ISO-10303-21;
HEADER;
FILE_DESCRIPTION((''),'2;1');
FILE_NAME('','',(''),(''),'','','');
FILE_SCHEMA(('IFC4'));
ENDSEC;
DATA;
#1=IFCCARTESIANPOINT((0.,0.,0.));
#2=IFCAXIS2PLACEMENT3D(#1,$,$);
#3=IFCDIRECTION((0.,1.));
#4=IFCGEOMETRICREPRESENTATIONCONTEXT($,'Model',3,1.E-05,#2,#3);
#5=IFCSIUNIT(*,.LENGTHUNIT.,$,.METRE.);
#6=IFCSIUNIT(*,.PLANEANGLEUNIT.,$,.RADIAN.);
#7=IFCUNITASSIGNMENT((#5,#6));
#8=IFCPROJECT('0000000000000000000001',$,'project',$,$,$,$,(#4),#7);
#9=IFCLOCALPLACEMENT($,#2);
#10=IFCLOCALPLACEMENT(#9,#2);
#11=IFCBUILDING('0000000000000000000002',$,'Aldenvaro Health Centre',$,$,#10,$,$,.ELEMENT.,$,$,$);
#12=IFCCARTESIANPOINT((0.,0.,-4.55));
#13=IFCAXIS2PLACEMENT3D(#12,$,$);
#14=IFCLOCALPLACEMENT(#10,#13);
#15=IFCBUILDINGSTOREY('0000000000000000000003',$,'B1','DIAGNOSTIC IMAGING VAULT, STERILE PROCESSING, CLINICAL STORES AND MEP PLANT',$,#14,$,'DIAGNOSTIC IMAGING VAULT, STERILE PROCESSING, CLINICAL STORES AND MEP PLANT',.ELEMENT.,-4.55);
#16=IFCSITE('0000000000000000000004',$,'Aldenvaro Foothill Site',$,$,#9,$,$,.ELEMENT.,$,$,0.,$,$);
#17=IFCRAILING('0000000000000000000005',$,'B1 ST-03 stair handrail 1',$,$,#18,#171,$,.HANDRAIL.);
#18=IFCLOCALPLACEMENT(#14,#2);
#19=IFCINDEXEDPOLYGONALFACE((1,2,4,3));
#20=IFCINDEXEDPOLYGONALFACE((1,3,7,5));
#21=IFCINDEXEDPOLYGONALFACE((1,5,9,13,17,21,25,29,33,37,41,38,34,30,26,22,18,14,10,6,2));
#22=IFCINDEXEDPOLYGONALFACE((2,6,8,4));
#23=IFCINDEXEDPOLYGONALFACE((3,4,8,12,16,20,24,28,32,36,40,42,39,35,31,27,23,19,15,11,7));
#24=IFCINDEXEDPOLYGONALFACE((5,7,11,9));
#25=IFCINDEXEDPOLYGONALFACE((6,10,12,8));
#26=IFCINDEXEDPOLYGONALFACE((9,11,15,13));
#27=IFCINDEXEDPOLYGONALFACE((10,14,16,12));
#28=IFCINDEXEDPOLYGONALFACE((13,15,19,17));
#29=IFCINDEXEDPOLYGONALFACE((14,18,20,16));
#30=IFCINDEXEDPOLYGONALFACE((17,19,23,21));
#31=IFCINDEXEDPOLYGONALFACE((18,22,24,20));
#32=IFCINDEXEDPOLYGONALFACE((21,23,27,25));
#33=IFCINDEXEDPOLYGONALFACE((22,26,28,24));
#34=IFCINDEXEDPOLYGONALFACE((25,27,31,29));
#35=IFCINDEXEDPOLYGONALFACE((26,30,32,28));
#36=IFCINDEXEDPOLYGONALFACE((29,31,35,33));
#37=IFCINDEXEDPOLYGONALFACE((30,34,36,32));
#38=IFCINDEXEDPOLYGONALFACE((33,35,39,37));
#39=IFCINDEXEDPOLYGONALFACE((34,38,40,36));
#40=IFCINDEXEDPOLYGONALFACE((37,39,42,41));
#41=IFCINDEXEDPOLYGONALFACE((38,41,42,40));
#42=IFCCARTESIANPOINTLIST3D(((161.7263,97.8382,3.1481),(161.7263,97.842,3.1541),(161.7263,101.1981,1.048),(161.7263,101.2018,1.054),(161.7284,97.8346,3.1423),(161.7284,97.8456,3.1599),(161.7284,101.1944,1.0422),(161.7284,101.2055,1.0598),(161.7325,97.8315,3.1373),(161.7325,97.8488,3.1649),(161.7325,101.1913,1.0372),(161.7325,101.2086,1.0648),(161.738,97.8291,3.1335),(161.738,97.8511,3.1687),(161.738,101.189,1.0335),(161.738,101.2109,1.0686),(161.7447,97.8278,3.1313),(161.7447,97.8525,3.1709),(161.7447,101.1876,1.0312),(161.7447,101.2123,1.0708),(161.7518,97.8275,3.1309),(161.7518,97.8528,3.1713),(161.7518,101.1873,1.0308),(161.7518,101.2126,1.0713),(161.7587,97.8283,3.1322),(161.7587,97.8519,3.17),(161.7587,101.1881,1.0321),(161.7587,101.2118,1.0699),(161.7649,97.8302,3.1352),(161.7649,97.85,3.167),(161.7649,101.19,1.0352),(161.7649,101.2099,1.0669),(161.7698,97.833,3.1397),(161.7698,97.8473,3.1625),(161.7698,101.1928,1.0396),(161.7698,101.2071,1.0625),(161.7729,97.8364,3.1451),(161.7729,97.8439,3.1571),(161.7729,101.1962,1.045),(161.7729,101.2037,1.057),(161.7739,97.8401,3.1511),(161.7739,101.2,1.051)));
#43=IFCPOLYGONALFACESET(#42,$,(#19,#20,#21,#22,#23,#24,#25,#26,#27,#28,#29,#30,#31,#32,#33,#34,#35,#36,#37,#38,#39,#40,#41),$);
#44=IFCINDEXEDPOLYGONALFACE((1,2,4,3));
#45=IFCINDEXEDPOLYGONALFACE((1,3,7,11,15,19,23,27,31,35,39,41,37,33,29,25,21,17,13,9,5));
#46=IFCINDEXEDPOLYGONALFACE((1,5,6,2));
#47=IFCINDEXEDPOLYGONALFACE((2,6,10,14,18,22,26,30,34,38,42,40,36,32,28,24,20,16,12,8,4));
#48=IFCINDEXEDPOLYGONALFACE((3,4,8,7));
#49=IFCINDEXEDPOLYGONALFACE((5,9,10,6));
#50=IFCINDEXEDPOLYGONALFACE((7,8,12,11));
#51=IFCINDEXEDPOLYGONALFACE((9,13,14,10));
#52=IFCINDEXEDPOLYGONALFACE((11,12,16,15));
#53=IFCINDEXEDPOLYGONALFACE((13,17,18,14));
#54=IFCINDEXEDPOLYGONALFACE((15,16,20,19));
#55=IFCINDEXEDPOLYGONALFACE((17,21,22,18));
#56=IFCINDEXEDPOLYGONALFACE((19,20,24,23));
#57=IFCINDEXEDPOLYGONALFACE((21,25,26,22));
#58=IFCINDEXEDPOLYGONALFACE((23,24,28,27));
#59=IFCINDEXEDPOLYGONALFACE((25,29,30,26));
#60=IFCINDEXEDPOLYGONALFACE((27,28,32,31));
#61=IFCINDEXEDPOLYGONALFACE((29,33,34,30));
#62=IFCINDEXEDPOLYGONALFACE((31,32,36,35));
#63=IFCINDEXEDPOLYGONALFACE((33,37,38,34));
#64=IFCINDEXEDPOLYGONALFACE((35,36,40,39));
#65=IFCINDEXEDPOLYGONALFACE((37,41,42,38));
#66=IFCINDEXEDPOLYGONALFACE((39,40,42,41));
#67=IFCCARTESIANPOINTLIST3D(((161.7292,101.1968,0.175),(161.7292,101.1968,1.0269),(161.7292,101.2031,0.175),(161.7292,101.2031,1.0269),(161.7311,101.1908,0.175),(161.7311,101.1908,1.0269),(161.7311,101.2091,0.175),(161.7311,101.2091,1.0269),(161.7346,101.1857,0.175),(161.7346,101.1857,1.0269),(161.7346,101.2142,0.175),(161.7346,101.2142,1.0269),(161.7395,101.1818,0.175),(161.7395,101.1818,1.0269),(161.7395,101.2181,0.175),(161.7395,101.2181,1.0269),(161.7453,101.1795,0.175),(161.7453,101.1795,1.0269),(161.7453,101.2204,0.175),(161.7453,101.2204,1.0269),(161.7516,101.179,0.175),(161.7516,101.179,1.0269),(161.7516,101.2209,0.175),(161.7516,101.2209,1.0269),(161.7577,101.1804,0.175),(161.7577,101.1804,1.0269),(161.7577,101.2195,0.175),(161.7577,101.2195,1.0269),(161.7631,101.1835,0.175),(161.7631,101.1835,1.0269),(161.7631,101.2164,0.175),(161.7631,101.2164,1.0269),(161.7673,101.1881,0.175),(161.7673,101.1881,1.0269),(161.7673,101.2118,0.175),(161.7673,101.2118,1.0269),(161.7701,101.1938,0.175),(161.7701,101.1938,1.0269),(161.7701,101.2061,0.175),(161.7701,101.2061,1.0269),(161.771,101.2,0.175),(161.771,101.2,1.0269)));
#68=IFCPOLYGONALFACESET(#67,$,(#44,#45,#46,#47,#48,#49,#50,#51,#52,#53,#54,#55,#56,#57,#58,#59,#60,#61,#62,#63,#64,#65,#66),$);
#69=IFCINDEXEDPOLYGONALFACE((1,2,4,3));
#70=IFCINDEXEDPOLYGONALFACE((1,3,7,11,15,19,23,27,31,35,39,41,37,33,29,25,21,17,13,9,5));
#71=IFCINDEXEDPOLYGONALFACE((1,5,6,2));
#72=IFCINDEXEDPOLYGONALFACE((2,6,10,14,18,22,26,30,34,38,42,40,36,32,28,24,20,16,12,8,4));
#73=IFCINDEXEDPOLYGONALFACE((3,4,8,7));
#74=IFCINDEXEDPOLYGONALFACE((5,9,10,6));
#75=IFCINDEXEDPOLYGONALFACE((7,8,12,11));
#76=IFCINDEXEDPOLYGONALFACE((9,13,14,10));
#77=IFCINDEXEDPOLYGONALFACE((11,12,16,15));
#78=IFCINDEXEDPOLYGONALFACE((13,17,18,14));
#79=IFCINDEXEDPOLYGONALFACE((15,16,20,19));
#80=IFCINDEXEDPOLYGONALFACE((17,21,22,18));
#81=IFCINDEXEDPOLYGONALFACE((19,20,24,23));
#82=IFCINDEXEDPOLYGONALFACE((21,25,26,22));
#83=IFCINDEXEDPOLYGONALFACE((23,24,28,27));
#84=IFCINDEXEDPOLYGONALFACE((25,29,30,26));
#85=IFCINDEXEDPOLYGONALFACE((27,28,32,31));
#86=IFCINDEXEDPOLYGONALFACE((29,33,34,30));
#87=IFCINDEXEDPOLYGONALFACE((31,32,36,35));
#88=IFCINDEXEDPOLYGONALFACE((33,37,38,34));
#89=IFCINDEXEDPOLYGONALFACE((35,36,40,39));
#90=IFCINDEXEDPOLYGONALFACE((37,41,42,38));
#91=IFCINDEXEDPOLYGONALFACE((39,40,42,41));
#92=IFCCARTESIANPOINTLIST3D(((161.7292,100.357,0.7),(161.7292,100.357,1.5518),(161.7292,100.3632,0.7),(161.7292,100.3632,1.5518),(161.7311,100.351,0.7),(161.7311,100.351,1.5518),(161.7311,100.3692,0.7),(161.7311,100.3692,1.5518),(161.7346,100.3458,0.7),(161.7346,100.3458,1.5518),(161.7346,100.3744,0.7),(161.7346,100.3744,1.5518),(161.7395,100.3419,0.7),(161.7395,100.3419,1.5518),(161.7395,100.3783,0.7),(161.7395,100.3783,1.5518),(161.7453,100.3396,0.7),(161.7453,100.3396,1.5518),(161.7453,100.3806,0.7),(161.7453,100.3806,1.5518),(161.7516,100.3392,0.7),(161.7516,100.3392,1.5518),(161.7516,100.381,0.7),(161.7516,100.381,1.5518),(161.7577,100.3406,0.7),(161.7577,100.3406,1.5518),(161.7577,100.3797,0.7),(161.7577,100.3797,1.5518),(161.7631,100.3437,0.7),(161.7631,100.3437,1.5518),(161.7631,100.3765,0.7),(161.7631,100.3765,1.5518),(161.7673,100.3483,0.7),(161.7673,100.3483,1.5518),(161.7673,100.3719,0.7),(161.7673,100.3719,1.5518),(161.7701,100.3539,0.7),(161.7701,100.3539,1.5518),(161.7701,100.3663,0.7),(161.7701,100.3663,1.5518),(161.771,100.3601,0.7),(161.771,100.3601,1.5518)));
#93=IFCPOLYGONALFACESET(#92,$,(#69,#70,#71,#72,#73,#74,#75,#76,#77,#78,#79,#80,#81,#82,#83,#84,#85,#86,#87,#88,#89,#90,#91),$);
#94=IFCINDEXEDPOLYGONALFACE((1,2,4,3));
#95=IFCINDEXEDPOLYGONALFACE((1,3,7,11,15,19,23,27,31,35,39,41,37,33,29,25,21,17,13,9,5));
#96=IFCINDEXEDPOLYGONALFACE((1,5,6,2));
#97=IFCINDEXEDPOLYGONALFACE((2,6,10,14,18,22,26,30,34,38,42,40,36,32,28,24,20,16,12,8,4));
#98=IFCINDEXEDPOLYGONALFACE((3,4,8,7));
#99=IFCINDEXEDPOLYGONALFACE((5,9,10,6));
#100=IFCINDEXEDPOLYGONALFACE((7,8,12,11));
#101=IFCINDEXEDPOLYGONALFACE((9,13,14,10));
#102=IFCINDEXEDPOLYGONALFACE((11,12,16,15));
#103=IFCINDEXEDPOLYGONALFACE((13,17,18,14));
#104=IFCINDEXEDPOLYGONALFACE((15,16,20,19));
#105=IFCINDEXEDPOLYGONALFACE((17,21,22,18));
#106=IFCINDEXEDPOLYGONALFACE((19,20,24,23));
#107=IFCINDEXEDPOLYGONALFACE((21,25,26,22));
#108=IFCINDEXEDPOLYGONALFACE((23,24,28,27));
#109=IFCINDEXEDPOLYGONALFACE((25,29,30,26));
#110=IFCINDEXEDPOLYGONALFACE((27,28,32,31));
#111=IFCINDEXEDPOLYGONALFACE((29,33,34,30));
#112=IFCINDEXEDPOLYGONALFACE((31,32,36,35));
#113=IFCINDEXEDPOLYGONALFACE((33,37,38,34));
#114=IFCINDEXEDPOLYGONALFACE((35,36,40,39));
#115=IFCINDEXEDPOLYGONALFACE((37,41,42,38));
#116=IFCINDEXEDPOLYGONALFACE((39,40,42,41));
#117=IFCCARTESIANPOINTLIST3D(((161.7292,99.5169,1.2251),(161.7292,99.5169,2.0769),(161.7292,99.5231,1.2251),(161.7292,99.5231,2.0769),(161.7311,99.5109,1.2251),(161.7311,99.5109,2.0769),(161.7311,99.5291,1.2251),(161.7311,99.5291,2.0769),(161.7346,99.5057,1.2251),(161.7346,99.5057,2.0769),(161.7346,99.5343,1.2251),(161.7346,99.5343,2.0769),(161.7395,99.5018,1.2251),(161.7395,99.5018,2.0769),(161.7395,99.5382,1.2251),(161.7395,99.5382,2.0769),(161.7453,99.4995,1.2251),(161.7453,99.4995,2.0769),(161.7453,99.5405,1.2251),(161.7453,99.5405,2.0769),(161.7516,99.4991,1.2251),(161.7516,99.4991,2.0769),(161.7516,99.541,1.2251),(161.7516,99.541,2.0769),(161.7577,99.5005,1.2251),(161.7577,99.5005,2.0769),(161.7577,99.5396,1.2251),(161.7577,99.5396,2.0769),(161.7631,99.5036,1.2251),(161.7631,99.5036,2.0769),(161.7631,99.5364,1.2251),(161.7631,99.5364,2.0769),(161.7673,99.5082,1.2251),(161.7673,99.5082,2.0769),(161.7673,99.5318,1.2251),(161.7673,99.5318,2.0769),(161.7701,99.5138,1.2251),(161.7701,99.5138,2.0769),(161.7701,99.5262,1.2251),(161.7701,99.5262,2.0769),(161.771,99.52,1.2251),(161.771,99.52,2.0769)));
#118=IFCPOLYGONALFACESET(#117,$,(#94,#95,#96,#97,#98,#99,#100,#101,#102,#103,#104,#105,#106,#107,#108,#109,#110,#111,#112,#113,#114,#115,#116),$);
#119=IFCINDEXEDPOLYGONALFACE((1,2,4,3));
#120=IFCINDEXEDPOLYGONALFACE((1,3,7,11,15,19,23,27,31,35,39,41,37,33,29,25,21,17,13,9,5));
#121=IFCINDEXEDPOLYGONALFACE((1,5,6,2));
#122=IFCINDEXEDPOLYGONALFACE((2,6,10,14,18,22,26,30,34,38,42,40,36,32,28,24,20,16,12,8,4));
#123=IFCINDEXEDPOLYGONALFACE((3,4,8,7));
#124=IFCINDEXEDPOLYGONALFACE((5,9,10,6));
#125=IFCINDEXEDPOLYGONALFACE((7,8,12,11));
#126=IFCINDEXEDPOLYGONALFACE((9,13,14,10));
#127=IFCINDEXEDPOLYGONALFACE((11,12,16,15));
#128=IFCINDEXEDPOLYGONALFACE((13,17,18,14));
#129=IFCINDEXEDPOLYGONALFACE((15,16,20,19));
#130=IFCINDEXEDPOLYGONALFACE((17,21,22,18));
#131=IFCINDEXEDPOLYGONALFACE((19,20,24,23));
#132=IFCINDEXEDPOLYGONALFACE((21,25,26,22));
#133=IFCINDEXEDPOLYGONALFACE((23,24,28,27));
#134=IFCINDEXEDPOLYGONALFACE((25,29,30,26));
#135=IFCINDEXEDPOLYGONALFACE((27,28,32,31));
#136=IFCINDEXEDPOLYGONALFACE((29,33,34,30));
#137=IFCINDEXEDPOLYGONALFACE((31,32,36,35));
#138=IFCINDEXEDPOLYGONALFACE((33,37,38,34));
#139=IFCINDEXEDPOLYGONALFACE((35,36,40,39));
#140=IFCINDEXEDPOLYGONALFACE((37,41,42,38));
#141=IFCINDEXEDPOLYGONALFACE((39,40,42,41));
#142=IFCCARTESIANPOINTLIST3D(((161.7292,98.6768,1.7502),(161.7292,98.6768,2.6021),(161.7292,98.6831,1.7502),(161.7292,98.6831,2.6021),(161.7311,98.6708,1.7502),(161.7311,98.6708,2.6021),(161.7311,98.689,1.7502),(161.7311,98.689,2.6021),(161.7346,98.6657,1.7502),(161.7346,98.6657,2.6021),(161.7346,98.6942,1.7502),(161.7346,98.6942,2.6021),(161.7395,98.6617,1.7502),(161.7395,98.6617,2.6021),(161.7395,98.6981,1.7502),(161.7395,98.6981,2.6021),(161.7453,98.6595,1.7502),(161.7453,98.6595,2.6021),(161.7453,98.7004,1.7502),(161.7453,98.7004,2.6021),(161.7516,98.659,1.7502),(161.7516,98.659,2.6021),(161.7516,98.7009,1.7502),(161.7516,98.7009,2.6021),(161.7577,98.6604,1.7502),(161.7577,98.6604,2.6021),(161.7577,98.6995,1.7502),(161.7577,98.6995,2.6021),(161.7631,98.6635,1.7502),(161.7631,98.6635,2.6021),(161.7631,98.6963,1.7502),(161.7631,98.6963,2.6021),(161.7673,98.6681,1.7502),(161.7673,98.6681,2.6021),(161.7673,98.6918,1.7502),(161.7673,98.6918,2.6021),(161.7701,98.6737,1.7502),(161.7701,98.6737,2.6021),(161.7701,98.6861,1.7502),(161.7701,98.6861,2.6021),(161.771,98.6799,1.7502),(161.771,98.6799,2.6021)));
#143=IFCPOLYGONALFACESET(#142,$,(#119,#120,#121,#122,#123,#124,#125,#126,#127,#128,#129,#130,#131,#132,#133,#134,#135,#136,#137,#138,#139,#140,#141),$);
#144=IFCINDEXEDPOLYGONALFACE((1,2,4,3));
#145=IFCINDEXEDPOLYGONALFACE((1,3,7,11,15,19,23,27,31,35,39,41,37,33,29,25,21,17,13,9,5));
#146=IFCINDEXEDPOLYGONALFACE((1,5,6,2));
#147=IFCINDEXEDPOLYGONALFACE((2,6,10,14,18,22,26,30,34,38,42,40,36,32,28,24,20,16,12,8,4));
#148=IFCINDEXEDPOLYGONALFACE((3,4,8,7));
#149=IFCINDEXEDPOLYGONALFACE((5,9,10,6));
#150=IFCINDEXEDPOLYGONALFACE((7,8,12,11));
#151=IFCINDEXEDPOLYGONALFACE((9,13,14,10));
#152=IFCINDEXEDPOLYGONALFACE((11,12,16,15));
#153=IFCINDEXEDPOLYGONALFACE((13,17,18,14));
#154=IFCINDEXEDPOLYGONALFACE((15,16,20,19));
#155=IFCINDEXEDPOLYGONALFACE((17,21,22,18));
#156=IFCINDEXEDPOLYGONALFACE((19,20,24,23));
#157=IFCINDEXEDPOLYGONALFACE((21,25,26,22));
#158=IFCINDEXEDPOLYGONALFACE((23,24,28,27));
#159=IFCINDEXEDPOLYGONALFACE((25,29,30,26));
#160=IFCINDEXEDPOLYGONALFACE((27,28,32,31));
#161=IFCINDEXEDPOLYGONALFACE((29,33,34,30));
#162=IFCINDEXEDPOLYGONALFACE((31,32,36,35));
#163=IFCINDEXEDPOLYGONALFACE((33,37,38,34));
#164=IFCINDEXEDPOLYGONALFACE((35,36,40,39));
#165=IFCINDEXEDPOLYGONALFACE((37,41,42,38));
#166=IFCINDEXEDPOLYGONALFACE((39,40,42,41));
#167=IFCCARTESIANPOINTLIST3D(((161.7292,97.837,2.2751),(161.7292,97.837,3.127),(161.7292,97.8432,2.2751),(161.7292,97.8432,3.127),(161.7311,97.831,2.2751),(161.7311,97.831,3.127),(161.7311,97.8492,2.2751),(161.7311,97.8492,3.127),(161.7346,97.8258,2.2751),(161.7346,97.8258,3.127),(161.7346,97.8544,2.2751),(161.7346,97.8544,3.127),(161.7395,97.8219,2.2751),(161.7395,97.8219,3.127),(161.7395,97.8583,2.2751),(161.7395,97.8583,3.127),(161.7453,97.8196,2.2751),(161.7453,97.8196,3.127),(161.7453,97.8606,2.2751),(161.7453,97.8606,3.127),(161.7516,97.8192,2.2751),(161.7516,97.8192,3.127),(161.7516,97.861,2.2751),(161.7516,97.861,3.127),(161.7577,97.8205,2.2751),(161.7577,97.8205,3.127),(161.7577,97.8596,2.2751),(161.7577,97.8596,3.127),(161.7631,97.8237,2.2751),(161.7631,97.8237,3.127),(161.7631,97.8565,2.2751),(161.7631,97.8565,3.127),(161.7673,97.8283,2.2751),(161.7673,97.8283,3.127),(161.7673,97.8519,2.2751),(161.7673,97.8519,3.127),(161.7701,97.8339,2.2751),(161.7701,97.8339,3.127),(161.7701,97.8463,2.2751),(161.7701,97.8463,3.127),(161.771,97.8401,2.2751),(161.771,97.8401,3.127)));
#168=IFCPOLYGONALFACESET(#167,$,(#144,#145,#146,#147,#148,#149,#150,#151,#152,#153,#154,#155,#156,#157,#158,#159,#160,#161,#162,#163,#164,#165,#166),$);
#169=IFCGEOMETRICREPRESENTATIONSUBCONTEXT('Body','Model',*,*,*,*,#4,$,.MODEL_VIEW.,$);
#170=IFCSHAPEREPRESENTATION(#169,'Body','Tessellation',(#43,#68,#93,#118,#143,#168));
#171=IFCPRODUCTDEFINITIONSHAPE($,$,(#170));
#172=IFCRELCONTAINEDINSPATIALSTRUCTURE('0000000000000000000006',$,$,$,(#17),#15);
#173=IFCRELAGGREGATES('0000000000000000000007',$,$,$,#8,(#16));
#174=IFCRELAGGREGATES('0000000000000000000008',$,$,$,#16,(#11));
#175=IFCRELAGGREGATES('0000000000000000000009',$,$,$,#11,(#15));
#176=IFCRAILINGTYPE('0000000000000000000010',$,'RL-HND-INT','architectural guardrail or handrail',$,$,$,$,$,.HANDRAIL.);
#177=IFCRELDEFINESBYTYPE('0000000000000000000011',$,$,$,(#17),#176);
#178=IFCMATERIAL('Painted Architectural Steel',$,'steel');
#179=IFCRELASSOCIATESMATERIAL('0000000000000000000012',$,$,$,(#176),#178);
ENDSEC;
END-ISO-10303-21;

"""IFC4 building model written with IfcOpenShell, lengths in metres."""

from ifc_helpers import new_model, si_unit, direction, frame, origin, origin_2d, place, context, subcontext, project, spatial, circle, extrude, material, type_object, element, save


model = new_model("IFC4")

# Units and contexts
model_context = context("Model", 3, precision=1e-05, world=origin(), true_north=direction((0.0, 1.0)))
body_context = subcontext(model_context, "Body", "Model", "MODEL_VIEW")
ifc_project = project(units=[si_unit("LENGTHUNIT", "METRE"), si_unit("PLANEANGLEUNIT", "RADIAN")], contexts=[model_context])

# Site, building, storey
site_placement = place(None, origin())
site = spatial("IfcSite", under=ifc_project, at=site_placement, Name="Aldenvaro Foothill Site", CompositionType="ELEMENT", RefElevation=0.0)
building_placement = place(site_placement, origin())
building = spatial("IfcBuilding", under=site, at=building_placement, Name="Aldenvaro Health Centre", CompositionType="ELEMENT")
storey_placement = place(building_placement, frame((0.0, 0.0, -4.55)))
storey = spatial("IfcBuildingStorey", under=building, at=storey_placement, Name="B1", Description="DIAGNOSTIC IMAGING VAULT, STERILE PROCESSING, CLINICAL STORES AND MEP PLANT", LongName="DIAGNOSTIC IMAGING VAULT, STERILE PROCESSING, CLINICAL STORES AND MEP PLANT", CompositionType="ELEMENT", Elevation=-4.55)

# Railing
ifc_material_1 = material(Name="Painted Architectural Steel", Category="steel")
railing_type_1 = type_object("IfcRailingType", Name="RL-HND-INT", Description="architectural guardrail or handrail", PredefinedType="HANDRAIL", material=ifc_material_1)
railing_1_placement = place(storey_placement, frame((161.75, 101.2, 0.175)))
element("IfcRailing", 1, at=railing_1_placement, inside=storey, type_object=railing_type_1, Name="B1 ST-03 stair handrail 1", PredefinedType="HANDRAIL", context=body_context, shape_type="SweptSolid", body=[
    extrude(circle(Radius=0.0239, at=origin_2d()), frame((0.0, 0.0, 0.876), z_axis=(0.0, -0.847978, 0.530032), x_axis=(1.0, 0.0, 0.0)), (0.0, 0.0, 1.0), 3.9622),
    extrude(circle(Radius=0.021, at=origin_2d()), origin(), (0.0, 0.0, 1.0), 0.8518),
    extrude(circle(Radius=0.021, at=origin_2d()), frame((0.0, -0.8398, 0.5249)), (0.0, 0.0, 1.0), 0.8518),
    extrude(circle(Radius=0.021, at=origin_2d()), frame((0.0, -1.6799, 1.05)), (0.0, 0.0, 1.0), 0.8518),
    extrude(circle(Radius=0.021, at=origin_2d()), frame((0.0, -2.52, 1.5752)), (0.0, 0.0, 1.0), 0.8518),
    extrude(circle(Radius=0.021, at=origin_2d()), frame((0.0, -3.3599, 2.1001)), (0.0, 0.0, 1.0), 0.8518),
])

save(model, "model.ifc")
